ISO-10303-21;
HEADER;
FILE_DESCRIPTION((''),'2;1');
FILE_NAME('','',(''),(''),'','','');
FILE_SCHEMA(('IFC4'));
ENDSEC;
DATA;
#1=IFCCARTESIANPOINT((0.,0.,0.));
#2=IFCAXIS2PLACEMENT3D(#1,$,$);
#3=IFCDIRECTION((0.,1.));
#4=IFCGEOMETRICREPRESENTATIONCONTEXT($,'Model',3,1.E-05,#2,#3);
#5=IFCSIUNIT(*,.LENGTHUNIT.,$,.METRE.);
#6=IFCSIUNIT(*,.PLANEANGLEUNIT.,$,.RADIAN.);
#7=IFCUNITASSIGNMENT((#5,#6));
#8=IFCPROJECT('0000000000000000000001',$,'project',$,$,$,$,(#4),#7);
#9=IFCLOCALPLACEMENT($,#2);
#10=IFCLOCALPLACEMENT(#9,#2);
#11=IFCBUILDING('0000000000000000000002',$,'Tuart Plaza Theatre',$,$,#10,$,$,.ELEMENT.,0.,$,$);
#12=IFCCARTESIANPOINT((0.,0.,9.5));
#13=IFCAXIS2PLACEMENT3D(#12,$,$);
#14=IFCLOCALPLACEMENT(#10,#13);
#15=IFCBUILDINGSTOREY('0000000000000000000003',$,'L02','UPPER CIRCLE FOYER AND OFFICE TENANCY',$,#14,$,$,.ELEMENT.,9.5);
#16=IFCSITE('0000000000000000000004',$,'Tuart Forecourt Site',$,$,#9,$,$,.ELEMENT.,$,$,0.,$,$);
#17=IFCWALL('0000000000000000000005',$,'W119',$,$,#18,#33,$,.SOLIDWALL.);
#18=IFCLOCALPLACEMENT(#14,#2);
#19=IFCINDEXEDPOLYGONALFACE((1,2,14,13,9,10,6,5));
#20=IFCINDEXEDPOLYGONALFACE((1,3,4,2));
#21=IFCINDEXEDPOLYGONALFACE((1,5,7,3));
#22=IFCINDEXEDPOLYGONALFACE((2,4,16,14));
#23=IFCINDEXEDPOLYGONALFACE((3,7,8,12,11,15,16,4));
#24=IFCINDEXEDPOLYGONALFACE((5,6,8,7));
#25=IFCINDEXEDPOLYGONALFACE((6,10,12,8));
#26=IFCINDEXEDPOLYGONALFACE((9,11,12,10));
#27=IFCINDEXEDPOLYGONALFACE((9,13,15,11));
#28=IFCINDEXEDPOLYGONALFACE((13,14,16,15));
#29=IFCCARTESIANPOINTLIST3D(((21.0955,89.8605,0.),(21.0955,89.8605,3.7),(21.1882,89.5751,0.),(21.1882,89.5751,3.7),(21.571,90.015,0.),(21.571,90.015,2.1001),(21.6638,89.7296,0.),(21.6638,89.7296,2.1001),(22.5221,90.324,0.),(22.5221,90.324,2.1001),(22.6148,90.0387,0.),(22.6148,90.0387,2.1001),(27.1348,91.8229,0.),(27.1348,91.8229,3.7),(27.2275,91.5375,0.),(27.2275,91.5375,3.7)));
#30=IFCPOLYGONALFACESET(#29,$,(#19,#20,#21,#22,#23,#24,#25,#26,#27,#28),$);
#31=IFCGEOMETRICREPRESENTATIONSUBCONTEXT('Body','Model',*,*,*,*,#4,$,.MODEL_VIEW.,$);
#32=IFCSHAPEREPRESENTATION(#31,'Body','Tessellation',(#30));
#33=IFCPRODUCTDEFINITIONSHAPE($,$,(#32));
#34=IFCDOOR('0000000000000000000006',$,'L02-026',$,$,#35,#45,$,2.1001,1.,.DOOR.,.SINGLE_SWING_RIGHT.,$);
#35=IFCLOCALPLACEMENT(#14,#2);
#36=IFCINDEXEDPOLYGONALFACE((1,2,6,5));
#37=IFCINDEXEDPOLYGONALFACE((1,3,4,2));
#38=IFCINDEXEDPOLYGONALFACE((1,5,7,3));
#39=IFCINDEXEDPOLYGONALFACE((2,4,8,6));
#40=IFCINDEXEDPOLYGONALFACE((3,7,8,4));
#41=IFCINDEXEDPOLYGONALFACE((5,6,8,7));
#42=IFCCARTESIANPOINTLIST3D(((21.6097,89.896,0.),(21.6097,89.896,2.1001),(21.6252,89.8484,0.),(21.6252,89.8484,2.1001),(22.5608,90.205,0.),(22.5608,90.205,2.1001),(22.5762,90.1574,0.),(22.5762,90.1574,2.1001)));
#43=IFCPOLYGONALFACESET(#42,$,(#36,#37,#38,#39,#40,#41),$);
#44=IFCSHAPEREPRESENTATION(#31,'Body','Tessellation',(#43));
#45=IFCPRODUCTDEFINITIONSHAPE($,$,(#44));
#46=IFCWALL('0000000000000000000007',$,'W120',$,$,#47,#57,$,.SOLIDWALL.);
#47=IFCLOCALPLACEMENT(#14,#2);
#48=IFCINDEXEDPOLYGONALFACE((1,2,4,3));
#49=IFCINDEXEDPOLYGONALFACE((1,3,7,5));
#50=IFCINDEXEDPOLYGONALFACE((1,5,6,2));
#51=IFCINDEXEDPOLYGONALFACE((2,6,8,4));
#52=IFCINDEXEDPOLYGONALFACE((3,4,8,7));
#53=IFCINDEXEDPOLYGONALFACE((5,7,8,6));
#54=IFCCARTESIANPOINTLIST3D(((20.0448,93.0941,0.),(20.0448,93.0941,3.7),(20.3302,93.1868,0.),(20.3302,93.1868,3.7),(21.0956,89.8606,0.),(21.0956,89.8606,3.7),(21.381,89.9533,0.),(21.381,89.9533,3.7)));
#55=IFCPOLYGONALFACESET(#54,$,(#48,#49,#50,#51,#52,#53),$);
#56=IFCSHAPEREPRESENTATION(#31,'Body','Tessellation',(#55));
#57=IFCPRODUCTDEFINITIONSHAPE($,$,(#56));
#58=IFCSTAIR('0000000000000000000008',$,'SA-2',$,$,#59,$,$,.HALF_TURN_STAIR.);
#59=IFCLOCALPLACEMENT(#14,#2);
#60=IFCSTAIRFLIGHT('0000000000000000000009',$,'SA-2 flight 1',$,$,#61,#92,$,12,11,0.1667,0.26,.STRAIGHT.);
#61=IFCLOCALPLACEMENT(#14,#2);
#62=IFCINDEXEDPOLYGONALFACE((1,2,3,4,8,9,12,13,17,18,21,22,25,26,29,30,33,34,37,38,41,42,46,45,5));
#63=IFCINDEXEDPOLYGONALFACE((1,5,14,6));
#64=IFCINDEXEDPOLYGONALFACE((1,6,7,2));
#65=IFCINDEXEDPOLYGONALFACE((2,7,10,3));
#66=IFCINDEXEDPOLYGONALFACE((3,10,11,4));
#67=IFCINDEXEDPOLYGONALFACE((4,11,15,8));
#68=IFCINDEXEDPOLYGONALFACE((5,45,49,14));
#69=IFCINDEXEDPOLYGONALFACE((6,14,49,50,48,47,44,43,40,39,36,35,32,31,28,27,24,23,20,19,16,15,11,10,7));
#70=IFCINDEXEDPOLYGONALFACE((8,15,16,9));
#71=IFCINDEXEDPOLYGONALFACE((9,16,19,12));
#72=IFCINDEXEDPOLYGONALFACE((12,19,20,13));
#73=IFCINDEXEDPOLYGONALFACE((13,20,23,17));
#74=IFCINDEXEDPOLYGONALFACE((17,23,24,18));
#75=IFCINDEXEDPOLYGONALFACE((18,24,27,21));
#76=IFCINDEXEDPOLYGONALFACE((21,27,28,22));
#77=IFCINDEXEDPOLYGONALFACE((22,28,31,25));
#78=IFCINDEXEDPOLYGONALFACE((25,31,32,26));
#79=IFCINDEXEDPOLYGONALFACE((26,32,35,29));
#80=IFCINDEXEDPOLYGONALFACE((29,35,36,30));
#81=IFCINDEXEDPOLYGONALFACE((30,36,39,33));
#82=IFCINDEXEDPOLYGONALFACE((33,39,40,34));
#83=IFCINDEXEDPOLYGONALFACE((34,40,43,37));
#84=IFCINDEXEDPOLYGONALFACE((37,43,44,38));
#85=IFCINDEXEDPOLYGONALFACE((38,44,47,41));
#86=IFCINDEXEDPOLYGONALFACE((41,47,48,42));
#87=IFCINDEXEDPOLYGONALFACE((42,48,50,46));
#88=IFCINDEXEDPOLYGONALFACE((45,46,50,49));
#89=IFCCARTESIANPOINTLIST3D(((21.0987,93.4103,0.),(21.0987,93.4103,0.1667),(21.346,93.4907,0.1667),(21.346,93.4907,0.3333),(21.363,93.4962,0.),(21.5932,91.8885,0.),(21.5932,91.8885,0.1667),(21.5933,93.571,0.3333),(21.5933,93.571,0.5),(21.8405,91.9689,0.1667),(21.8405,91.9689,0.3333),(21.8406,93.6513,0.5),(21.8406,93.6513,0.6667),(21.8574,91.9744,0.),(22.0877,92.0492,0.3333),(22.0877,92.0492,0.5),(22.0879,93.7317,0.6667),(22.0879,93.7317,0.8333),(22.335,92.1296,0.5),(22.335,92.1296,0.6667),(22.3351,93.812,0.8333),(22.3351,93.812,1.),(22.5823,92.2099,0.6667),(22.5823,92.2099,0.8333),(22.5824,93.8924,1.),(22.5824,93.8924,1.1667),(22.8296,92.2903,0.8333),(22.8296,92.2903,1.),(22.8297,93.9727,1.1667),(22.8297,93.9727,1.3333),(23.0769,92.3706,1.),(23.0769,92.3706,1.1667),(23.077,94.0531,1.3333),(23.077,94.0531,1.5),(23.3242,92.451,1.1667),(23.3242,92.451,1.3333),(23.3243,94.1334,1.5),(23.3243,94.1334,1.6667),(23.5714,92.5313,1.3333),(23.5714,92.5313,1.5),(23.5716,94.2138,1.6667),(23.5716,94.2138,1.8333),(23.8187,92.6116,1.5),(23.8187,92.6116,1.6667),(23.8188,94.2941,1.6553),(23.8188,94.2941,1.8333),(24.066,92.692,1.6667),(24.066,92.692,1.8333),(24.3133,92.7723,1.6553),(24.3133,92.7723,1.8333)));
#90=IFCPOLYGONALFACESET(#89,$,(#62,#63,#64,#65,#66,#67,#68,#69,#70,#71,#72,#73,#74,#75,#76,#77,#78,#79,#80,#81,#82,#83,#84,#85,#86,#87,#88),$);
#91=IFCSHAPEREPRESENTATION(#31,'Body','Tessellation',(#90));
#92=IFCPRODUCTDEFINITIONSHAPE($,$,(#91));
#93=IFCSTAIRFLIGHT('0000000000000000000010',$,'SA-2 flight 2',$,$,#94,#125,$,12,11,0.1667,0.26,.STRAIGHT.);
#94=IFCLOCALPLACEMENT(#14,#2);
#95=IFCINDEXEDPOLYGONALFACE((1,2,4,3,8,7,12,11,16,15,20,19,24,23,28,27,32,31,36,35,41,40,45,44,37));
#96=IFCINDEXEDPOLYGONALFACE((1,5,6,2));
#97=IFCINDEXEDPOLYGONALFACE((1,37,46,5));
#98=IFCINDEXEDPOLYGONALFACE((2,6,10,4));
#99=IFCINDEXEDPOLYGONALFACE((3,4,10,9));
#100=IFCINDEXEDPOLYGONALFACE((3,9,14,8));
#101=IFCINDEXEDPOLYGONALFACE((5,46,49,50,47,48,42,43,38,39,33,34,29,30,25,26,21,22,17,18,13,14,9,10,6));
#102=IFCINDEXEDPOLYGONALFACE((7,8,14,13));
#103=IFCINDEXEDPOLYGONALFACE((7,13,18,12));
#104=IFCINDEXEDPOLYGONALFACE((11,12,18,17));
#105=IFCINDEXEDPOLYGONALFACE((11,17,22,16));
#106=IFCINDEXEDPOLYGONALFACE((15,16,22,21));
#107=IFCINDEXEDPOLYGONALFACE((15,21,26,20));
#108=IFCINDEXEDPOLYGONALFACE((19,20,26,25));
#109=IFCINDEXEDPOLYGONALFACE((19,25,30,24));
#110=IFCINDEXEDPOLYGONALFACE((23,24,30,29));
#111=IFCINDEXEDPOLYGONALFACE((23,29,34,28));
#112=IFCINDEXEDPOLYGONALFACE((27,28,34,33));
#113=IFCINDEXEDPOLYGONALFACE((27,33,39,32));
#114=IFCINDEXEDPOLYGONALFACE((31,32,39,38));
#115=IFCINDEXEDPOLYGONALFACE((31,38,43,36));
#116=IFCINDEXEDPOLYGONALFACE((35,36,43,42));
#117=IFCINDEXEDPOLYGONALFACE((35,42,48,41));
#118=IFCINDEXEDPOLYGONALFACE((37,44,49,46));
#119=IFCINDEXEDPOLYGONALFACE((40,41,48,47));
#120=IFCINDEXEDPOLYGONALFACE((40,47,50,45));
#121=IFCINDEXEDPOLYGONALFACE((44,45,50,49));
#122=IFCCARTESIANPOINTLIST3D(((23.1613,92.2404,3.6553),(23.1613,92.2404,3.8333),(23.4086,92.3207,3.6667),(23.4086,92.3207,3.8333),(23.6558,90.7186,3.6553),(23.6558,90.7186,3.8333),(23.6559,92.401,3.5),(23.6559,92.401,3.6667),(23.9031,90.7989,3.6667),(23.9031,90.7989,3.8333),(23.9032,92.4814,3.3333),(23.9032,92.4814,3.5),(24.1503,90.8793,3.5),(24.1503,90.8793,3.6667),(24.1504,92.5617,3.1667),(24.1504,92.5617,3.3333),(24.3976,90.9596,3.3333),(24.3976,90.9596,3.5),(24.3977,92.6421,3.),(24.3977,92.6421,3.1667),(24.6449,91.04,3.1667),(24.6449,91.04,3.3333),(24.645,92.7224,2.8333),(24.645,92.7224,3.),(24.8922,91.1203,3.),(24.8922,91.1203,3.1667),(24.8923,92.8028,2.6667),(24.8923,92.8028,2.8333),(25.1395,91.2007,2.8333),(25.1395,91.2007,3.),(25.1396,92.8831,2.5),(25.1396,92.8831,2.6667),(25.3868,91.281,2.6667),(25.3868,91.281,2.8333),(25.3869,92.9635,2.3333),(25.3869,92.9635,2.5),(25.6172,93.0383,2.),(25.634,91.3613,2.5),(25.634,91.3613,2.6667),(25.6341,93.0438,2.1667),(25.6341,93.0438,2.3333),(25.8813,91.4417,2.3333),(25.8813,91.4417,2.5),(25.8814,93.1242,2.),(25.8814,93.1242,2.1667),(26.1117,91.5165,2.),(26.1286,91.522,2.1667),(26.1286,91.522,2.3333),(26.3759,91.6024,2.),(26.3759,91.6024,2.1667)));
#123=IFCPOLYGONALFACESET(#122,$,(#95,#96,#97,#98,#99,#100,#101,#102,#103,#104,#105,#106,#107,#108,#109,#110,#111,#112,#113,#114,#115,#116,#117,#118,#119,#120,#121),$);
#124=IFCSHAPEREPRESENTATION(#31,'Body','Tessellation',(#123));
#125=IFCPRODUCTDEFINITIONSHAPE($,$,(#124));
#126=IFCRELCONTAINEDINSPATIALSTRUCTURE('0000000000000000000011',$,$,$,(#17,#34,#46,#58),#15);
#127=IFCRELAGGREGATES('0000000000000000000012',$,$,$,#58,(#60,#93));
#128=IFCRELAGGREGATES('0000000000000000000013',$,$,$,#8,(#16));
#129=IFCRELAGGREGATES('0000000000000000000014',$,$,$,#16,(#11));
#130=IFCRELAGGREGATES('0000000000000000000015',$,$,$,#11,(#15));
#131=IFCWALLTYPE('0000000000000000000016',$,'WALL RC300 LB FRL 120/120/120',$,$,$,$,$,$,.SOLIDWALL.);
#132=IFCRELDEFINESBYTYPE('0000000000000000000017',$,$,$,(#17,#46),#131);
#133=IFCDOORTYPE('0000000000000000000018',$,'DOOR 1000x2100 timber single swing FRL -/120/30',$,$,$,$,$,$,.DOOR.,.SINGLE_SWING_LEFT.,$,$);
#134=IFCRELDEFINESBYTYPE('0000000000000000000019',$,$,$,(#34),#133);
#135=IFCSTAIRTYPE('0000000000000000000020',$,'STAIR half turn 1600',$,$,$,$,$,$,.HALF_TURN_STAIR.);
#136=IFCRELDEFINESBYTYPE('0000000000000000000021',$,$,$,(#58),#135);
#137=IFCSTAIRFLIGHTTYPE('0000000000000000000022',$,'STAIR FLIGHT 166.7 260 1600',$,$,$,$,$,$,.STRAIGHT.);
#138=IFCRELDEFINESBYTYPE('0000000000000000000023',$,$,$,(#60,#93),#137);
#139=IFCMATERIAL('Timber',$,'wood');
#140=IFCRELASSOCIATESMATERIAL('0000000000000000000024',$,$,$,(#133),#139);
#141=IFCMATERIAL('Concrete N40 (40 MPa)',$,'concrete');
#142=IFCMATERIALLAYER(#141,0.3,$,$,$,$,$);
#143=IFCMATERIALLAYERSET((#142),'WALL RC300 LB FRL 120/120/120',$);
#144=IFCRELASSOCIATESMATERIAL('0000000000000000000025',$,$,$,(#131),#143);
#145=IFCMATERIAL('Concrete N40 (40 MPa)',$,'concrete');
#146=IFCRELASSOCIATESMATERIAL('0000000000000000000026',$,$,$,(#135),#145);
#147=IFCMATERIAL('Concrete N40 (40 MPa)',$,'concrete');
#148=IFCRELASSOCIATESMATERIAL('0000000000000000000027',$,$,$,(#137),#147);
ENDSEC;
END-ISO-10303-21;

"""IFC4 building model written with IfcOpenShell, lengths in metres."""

from ifc_helpers import new_model, si_unit, direction, frame, frame_2d, origin, place, context, subcontext, project, spatial, polyline, rectangle, outline, extrude, material, layer, layer_set, type_object, element, fill, aggregate, save


model = new_model("IFC4")

# Units and contexts
model_context = context("Model", 3, precision=1e-05, world=origin(), true_north=direction((0.0, 1.0)))
body_context = subcontext(model_context, "Body", "Model", "MODEL_VIEW")
ifc_project = project(units=[si_unit("LENGTHUNIT", "METRE"), si_unit("PLANEANGLEUNIT", "RADIAN")], contexts=[model_context])

# Site, building, storey
site_placement = place(None, origin())
site = spatial("IfcSite", under=ifc_project, at=site_placement, Name="Tuart Forecourt Site", CompositionType="ELEMENT", RefElevation=0.0)
building_placement = place(site_placement, origin())
building = spatial("IfcBuilding", under=site, at=building_placement, Name="Tuart Plaza Theatre", CompositionType="ELEMENT", ElevationOfRefHeight=0.0)
storey_placement = place(building_placement, frame((0.0, 0.0, 9.5)))
storey = spatial("IfcBuildingStorey", under=building, at=storey_placement, Name="L02", Description="UPPER CIRCLE FOYER AND OFFICE TENANCY", CompositionType="ELEMENT", Elevation=9.5)

# Shared definitions
ifc_material_1 = material(Name="Timber", Category="wood")
door_type_1 = type_object("IfcDoorType", Name="DOOR 1000x2100 timber single swing FRL -/120/30", OperationType="SINGLE_SWING_LEFT", PredefinedType="DOOR", material=ifc_material_1)

# Shared definitions
ifc_material_2 = material(Name="Concrete N40 (40 MPa)", Category="concrete")
ifc_layer_1 = layer(ifc_material_2, 0.3)
ifc_layer_set_1 = layer_set([ifc_layer_1], Name="WALL RC300 LB FRL 120/120/120")
wall_type_1 = type_object("IfcWallType", Name="WALL RC300 LB FRL 120/120/120", PredefinedType="SOLIDWALL", material=ifc_layer_set_1)

# Wall, opening, door
wall_1_placement = place(storey_placement, frame((27.1812, 91.6802, 0.0), z_axis=(0.0, 0.0, 1.0), x_axis=(-0.951051, -0.309033, 0.0)))
wall_1 = element("IfcWall", 1, at=wall_1_placement, inside=storey, type_object=wall_type_1, Name="W119", PredefinedType="SOLIDWALL", context=body_context, shape_type="SweptSolid", body=[
    extrude(rectangle(XDim=6.3501, YDim=0.3, at=frame_2d((3.175, 0.0))), origin(), (0.0, 0.0, 1.0), 3.7),
])
opening_1_placement = place(wall_1_placement, frame((4.8501, 0.0, 0.0)))
opening_1 = element("IfcOpeningElement", 2, at=opening_1_placement, cuts=wall_1, PredefinedType="OPENING", context=body_context, shape_type="SweptSolid", body=[
    extrude(rectangle(XDim=1.0, YDim=2.1001, at=frame_2d((0.5, 1.05))), frame((0.0, 0.1599, 0.0), z_axis=(0.0, -1.0, 0.0), x_axis=(1.0, 0.0, 0.0)), (0.0, 0.0, 1.0), 0.3201),
])
door_1_placement = place(opening_1_placement, frame((1.0, 0.0, 0.0), z_axis=(0.0, 0.0, 1.0), x_axis=(-1.0, 0.0, 0.0)))
door_1 = element("IfcDoor", 3, at=door_1_placement, inside=storey, type_object=door_type_1, Name="L02-026", OperationType="SINGLE_SWING_RIGHT", OverallHeight=2.1001, OverallWidth=1.0, PredefinedType="DOOR", context=body_context, shape_type="SweptSolid", body=[
    extrude(rectangle(XDim=1.0, YDim=2.1001, at=frame_2d((0.5, 1.05))), frame((0.0, 0.0249, 0.0), z_axis=(0.0, -1.0, 0.0), x_axis=(1.0, 0.0, 0.0)), (0.0, 0.0, 1.0), 0.05),
])
fill(opening_1, door_1)

# Wall
wall_2_placement = place(storey_placement, frame((21.2383, 89.907, 0.0), z_axis=(0.0, 0.0, 1.0), x_axis=(-0.309067, 0.95104, 0.0)))
element("IfcWall", 4, at=wall_2_placement, inside=storey, type_object=wall_type_1, Name="W120", PredefinedType="SOLIDWALL", context=body_context, shape_type="SweptSolid", body=[
    extrude(rectangle(XDim=3.3999, YDim=0.3, at=frame_2d((1.7, 0.0))), origin(), (0.0, 0.0, 1.0), 3.7),
])

# Stair, stair flights
ifc_material_3 = material(Name="Concrete N40 (40 MPa)", Category="concrete")
stair_type = type_object("IfcStairType", Name="STAIR half turn 1600", PredefinedType="HALF_TURN_STAIR", material=ifc_material_3)
stair_placement = place(storey_placement, origin())
stair = element("IfcStair", 5, at=stair_placement, inside=storey, type_object=stair_type, Name="SA-2", PredefinedType="HALF_TURN_STAIR")
ifc_material_4 = material(Name="Concrete N40 (40 MPa)", Category="concrete")
stair_flight_type = type_object("IfcStairFlightType", Name="STAIR FLIGHT 166.7 260 1600", PredefinedType="STRAIGHT", material=ifc_material_4)
stair_flight_1_placement = place(storey_placement, frame((21.3459, 92.6494, 0.0), z_axis=(0.0, 0.0, 1.0), x_axis=(0.951057, 0.309017, 0.0)))
stair_flight_1 = element("IfcStairFlight", 6, at=stair_flight_1_placement, type_object=stair_flight_type, Name="SA-2 flight 1", NumberOfRisers=12, NumberOfTreads=11, PredefinedType="STRAIGHT", RiserHeight=0.1667, TreadLength=0.26, context=body_context, shape_type="SweptSolid", body=[
    extrude(outline(polyline([(0.0, 0.0), (0.0, 0.1667), (0.26, 0.1667), (0.26, 0.3333), (0.52, 0.3333), (0.52, 0.5), (0.78, 0.5), (0.78, 0.6667), (1.04, 0.6667), (1.04, 0.8333), (1.3, 0.8333), (1.3, 1.0), (1.5601, 1.0), (1.5601, 1.1667), (1.8201, 1.1667), (1.8201, 1.3333), (2.0801, 1.3333), (2.0801, 1.5), (2.3401, 1.5), (2.3401, 1.6667), (2.6001, 1.6667), (2.6001, 1.8333), (2.8601, 1.8333), (2.8601, 2.0), (2.8601, 1.6553), (0.2778, 0.0), (0.0, 0.0)])), frame((0.0, 0.8, 0.0), z_axis=(0.0, -1.0, 0.0), x_axis=(1.0, 0.0, 0.0)), (0.0, 0.0, 1.0), 1.6001),
])
stair_flight_2_placement = place(storey_placement, frame((26.1287, 92.3633, 2.0), z_axis=(0.0, 0.0, 1.0), x_axis=(-0.951057, -0.309017, 0.0)))
stair_flight_2 = element("IfcStairFlight", 7, at=stair_flight_2_placement, type_object=stair_flight_type, Name="SA-2 flight 2", NumberOfRisers=12, NumberOfTreads=11, PredefinedType="STRAIGHT", RiserHeight=0.1667, TreadLength=0.26, context=body_context, shape_type="SweptSolid", body=[
    extrude(outline(polyline([(0.0, 0.0), (0.0, 0.1667), (0.26, 0.1667), (0.26, 0.3333), (0.52, 0.3333), (0.52, 0.5), (0.78, 0.5), (0.78, 0.6667), (1.04, 0.6667), (1.04, 0.8333), (1.3, 0.8333), (1.3, 1.0), (1.5601, 1.0), (1.5601, 1.1667), (1.8201, 1.1667), (1.8201, 1.3333), (2.0801, 1.3333), (2.0801, 1.5), (2.3401, 1.5), (2.3401, 1.6667), (2.6001, 1.6667), (2.6001, 1.8333), (2.8601, 1.8333), (2.8601, 2.0), (2.8601, 1.6553), (0.2778, 0.0), (0.0, 0.0)])), frame((0.0, 0.8, 0.0), z_axis=(0.0, -1.0, 0.0), x_axis=(1.0, 0.0, 0.0)), (0.0, 0.0, 1.0), 1.6001),
])
aggregate(stair, [stair_flight_1, stair_flight_2])

save(model, "model.ifc")
